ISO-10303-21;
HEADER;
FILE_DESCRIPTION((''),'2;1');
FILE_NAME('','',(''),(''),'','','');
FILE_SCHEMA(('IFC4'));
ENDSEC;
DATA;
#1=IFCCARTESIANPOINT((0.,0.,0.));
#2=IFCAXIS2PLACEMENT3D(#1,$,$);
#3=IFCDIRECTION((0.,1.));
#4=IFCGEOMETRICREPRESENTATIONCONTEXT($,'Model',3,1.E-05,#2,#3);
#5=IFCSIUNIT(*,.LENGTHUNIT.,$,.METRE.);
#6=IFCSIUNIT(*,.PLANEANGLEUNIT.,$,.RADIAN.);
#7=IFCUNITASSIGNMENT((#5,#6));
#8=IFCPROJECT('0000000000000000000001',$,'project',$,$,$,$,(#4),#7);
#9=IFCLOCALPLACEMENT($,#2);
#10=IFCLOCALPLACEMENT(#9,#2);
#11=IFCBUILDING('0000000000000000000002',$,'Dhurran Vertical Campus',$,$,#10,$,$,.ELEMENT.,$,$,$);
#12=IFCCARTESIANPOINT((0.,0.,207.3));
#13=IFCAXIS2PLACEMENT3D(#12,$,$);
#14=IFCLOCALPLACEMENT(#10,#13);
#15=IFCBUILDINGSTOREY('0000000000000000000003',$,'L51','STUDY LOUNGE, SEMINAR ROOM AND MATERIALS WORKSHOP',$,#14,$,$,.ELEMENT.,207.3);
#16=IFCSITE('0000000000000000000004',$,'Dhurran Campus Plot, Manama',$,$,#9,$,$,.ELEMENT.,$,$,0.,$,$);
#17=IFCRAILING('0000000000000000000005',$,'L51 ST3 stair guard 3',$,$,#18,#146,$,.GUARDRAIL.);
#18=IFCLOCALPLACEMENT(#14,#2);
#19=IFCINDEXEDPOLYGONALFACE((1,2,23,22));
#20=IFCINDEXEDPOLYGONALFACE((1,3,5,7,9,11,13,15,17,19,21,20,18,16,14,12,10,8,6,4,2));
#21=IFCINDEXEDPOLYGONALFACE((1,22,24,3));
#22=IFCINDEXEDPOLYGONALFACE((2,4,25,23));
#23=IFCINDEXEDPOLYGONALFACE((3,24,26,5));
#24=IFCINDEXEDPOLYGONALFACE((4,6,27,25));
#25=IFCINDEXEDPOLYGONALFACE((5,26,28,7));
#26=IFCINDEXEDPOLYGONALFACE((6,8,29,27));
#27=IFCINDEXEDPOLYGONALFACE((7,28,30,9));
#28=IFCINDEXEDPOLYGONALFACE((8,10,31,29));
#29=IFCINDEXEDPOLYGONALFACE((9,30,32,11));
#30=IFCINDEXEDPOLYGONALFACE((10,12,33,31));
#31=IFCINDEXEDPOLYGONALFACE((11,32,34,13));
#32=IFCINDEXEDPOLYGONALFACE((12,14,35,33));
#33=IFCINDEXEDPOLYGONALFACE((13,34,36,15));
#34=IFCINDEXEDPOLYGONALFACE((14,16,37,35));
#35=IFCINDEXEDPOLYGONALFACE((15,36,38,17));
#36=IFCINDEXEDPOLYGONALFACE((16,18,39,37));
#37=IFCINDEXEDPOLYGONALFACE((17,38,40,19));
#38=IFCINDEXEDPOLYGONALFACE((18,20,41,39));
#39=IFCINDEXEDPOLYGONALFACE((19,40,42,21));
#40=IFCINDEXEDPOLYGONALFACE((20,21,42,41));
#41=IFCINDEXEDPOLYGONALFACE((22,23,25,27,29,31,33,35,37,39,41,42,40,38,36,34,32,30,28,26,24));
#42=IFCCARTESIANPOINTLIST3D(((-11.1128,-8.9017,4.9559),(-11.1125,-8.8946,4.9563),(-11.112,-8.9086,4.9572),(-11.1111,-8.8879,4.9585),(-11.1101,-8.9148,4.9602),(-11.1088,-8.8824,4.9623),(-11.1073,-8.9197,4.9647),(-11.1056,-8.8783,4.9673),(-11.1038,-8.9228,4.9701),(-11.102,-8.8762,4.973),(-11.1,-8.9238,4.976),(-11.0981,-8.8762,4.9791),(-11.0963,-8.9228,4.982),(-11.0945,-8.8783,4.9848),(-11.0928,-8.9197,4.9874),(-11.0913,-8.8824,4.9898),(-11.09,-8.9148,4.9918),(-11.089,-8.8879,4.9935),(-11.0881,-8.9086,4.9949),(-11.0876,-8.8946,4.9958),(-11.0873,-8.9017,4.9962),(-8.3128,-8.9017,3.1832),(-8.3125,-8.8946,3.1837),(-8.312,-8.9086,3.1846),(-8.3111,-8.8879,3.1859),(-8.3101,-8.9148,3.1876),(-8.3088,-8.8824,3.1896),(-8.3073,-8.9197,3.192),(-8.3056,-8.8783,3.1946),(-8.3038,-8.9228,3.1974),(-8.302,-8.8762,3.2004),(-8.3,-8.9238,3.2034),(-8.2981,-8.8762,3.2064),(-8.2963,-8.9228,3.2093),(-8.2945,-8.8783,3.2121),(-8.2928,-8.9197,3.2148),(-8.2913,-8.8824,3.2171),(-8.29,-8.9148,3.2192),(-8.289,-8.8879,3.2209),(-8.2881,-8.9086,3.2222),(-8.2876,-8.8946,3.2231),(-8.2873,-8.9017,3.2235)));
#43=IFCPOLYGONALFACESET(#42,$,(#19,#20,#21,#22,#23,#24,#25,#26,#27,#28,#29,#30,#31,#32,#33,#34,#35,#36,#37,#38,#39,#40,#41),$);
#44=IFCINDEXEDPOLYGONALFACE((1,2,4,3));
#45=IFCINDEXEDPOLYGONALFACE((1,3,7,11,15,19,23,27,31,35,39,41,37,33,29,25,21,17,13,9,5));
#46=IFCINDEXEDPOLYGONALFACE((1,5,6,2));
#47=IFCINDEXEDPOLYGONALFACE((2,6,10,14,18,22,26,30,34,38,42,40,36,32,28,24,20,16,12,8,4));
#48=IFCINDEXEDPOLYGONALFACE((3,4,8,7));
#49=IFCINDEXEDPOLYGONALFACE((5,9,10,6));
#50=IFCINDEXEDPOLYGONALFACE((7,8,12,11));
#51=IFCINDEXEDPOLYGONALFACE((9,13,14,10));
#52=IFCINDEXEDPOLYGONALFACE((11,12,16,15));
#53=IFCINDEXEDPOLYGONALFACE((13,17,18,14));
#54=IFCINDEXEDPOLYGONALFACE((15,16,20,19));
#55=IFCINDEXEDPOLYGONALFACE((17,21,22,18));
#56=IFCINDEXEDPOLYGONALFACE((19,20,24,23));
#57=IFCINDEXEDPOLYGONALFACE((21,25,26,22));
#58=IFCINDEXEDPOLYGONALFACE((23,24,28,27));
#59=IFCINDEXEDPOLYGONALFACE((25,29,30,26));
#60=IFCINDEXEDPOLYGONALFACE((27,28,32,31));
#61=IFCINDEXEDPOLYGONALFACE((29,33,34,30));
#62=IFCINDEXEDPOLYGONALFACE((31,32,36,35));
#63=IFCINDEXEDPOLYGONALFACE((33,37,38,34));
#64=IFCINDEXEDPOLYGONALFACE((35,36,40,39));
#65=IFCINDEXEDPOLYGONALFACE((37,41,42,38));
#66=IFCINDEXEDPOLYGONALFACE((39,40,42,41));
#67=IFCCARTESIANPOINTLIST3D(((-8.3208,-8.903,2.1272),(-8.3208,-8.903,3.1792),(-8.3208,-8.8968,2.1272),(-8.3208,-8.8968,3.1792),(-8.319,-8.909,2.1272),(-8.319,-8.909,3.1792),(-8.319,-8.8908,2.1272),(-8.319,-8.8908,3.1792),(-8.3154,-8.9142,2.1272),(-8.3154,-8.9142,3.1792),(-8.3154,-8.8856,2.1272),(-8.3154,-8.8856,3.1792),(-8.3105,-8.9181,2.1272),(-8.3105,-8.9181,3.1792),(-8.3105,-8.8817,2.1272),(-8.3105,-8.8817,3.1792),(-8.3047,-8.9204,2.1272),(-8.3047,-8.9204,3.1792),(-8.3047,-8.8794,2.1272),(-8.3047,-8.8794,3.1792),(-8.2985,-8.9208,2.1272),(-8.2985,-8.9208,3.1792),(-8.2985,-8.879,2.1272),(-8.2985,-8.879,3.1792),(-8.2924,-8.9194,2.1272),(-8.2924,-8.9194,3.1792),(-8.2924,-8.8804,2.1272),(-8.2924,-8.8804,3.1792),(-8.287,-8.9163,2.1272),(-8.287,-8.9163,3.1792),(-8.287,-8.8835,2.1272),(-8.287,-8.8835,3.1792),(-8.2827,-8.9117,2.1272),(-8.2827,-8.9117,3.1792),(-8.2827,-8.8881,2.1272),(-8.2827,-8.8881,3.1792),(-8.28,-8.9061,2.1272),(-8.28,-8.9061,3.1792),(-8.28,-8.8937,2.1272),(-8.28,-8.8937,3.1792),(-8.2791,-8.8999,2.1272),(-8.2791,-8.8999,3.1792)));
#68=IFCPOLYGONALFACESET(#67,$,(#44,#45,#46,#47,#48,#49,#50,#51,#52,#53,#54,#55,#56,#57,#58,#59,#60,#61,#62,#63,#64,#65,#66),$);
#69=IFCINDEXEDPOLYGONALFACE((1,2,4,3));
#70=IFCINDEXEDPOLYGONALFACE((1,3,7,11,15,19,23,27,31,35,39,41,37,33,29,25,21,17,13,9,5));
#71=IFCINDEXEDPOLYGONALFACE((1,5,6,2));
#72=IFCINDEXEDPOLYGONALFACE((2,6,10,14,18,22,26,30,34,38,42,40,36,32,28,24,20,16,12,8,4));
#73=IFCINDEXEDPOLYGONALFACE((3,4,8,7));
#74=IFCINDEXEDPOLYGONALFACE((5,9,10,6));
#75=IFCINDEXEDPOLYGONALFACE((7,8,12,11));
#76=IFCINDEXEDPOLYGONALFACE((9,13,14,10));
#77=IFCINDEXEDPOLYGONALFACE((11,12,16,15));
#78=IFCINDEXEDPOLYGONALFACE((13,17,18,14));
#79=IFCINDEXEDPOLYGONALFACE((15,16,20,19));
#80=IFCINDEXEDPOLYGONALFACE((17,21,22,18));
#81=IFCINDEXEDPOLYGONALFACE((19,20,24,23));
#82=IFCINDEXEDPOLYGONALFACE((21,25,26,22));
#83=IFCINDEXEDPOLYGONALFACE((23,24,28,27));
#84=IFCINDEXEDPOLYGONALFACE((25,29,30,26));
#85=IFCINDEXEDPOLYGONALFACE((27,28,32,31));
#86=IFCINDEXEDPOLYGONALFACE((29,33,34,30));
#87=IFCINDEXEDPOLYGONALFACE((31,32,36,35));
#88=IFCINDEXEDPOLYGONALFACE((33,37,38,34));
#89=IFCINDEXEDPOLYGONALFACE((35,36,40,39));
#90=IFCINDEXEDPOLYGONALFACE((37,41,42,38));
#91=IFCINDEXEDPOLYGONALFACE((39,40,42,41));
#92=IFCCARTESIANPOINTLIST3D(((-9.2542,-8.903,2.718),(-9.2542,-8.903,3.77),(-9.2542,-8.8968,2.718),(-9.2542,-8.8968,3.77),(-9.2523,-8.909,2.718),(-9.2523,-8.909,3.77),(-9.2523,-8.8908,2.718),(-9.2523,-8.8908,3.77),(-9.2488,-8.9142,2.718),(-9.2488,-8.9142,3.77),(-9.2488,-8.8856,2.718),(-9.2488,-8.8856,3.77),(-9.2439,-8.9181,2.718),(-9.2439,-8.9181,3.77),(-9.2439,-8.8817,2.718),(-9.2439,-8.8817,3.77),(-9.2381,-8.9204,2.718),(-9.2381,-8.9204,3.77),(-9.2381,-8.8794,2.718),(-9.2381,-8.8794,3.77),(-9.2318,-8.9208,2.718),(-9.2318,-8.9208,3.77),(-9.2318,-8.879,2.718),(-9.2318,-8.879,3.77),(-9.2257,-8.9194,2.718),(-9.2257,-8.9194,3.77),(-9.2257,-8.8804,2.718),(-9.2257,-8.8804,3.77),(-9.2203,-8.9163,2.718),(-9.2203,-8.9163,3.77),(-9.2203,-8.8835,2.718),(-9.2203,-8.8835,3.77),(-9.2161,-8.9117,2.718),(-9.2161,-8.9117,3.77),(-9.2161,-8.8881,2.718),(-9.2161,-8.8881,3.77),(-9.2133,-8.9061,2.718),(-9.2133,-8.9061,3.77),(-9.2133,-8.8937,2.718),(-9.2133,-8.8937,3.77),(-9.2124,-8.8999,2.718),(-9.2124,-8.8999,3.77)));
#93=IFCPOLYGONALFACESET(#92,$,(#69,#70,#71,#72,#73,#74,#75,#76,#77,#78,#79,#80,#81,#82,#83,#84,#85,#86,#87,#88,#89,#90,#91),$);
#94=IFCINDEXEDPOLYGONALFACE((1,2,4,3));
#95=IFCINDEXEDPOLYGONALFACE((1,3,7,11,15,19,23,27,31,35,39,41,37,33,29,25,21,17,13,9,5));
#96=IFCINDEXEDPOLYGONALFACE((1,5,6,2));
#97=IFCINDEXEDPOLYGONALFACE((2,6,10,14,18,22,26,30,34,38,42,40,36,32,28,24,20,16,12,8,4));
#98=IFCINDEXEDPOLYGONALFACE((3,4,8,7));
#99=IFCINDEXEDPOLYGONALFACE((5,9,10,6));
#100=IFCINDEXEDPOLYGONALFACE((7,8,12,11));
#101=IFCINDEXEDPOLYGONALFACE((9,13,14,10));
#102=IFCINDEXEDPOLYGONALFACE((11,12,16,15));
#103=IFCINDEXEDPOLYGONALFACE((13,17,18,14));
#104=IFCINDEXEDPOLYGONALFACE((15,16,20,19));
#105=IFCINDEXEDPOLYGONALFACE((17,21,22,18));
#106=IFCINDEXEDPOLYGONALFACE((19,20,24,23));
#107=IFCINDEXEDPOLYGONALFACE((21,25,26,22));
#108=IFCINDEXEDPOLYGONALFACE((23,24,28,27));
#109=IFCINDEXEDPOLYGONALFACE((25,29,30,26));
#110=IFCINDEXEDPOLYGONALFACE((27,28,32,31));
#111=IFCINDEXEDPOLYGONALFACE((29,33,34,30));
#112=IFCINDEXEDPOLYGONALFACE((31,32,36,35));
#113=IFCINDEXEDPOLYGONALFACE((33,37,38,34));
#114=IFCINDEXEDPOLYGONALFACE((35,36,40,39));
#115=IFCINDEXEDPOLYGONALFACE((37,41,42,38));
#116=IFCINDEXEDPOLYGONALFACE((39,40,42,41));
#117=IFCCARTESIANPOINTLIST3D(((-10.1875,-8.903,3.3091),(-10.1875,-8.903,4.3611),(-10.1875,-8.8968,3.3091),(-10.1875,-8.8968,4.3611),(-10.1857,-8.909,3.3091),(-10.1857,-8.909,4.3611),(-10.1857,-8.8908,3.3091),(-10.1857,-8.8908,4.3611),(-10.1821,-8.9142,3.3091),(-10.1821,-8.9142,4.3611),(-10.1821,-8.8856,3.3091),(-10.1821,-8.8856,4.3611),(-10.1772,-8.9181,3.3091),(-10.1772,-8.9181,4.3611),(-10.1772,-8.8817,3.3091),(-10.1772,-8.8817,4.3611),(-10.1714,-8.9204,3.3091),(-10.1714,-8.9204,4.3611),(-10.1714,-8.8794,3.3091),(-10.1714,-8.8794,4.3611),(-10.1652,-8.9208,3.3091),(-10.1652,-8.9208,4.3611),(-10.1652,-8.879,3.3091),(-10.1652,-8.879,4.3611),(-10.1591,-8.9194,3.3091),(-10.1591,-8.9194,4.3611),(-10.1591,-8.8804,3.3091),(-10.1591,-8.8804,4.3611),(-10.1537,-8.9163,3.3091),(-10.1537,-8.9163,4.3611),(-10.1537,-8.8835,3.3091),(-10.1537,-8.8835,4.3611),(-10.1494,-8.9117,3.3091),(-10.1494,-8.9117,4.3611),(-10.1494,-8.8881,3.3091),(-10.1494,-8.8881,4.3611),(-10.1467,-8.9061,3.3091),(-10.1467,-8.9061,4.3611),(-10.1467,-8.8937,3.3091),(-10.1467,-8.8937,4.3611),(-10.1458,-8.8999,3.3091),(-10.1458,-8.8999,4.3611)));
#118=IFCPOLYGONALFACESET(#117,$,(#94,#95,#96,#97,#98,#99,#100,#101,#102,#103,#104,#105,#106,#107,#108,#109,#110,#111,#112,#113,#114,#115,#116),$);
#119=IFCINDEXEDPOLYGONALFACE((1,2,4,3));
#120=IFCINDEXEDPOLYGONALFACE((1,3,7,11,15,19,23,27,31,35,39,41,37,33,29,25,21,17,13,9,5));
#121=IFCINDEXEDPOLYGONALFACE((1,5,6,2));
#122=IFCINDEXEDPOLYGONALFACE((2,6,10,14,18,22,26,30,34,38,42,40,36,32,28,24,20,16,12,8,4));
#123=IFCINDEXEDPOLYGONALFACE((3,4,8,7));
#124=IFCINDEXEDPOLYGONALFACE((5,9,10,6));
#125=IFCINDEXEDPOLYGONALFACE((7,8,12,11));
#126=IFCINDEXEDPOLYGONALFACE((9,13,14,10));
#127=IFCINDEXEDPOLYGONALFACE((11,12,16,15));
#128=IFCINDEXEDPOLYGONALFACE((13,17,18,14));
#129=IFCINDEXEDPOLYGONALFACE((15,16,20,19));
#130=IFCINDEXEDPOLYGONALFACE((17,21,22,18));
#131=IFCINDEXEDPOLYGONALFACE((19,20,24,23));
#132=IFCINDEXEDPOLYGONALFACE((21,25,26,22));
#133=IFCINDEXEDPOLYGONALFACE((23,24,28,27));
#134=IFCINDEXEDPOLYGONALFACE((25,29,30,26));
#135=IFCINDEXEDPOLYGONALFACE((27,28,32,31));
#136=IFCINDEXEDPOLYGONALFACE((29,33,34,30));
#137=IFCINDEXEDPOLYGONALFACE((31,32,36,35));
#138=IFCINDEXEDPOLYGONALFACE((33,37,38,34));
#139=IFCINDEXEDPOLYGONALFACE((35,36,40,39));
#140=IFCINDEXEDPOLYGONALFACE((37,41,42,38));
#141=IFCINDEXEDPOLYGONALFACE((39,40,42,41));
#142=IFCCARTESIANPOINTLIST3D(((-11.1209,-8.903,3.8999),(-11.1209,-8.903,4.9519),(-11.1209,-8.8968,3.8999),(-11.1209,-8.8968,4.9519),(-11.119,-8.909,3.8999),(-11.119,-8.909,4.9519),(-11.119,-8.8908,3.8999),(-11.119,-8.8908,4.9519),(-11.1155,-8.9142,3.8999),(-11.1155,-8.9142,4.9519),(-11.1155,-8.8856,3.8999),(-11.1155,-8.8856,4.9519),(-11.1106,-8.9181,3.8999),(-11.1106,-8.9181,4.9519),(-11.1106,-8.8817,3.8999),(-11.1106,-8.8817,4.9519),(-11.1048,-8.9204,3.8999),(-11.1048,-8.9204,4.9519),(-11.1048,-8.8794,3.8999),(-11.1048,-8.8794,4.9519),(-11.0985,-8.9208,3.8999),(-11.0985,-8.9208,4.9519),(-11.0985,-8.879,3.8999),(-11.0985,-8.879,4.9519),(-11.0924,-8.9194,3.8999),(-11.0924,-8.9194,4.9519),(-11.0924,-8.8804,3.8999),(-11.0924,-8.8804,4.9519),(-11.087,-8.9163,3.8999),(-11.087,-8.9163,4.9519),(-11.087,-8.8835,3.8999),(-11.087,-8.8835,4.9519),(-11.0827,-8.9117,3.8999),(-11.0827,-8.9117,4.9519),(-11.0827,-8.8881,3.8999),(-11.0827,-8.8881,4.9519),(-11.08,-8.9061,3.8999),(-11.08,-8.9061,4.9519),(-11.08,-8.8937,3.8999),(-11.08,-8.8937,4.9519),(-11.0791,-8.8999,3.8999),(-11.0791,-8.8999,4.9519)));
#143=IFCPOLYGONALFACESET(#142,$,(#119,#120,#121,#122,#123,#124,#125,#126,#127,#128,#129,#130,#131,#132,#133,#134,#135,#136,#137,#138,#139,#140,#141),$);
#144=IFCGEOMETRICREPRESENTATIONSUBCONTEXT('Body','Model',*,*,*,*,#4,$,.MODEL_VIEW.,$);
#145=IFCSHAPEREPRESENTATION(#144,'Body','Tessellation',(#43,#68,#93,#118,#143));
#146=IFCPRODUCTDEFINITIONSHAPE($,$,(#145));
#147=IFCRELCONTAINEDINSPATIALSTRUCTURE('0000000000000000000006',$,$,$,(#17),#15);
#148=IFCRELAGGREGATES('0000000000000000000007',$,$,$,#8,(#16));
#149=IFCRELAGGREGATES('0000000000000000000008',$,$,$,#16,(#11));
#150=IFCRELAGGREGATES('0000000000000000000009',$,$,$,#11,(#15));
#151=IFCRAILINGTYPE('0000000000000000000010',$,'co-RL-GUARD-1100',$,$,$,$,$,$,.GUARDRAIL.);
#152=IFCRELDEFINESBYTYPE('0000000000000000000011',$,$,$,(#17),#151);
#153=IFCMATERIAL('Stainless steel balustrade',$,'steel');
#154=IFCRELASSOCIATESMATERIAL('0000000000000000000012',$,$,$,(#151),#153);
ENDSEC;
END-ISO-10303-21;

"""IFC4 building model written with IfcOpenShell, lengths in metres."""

from ifc_helpers import new_model, si_unit, direction, frame, origin, origin_2d, place, context, subcontext, project, spatial, circle, extrude, material, type_object, element, save


model = new_model("IFC4")

# Units and contexts
model_context = context("Model", 3, precision=1e-05, world=origin(), true_north=direction((0.0, 1.0)))
body_context = subcontext(model_context, "Body", "Model", "MODEL_VIEW")
ifc_project = project(units=[si_unit("LENGTHUNIT", "METRE"), si_unit("PLANEANGLEUNIT", "RADIAN")], contexts=[model_context])

# Site, building, storey
site_placement = place(None, origin())
site = spatial("IfcSite", under=ifc_project, at=site_placement, Name="Dhurran Campus Plot, Manama", CompositionType="ELEMENT", RefElevation=0.0)
building_placement = place(site_placement, origin())
building = spatial("IfcBuilding", under=site, at=building_placement, Name="Dhurran Vertical Campus", CompositionType="ELEMENT")
storey_placement = place(building_placement, frame((0.0, 0.0, 207.3)))
storey = spatial("IfcBuildingStorey", under=building, at=storey_placement, Name="L51", Description="STUDY LOUNGE, SEMINAR ROOM AND MATERIALS WORKSHOP", CompositionType="ELEMENT", Elevation=207.3)

# Railing
ifc_material_1 = material(Name="Stainless steel balustrade", Category="steel")
railing_type_1 = type_object("IfcRailingType", Name="co-RL-GUARD-1100", PredefinedType="GUARDRAIL", material=ifc_material_1)
railing_1_placement = place(storey_placement, frame((-8.3, -8.8999, 2.1272)))
element("IfcRailing", 1, at=railing_1_placement, inside=storey, type_object=railing_type_1, Name="L51 ST3 stair guard 3", PredefinedType="GUARDRAIL", context=body_context, shape_type="SweptSolid", body=[
    extrude(circle(Radius=0.0239, at=origin_2d()), frame((0.0, 0.0, 1.0762), z_axis=(-0.844909, 0.0, 0.53491), x_axis=(0.0, -1.0, 0.0)), (0.0, 0.0, 1.0), 3.314),
    extrude(circle(Radius=0.021, at=origin_2d()), origin(), (0.0, 0.0, 1.0), 1.052),
    extrude(circle(Radius=0.021, at=origin_2d()), frame((-0.9333, 0.0, 0.5908)), (0.0, 0.0, 1.0), 1.052),
    extrude(circle(Radius=0.021, at=origin_2d()), frame((-1.8667, 0.0, 1.1819)), (0.0, 0.0, 1.0), 1.052),
    extrude(circle(Radius=0.021, at=origin_2d()), frame((-2.8, 0.0, 1.7727)), (0.0, 0.0, 1.0), 1.052),
])

save(model, "model.ifc")
